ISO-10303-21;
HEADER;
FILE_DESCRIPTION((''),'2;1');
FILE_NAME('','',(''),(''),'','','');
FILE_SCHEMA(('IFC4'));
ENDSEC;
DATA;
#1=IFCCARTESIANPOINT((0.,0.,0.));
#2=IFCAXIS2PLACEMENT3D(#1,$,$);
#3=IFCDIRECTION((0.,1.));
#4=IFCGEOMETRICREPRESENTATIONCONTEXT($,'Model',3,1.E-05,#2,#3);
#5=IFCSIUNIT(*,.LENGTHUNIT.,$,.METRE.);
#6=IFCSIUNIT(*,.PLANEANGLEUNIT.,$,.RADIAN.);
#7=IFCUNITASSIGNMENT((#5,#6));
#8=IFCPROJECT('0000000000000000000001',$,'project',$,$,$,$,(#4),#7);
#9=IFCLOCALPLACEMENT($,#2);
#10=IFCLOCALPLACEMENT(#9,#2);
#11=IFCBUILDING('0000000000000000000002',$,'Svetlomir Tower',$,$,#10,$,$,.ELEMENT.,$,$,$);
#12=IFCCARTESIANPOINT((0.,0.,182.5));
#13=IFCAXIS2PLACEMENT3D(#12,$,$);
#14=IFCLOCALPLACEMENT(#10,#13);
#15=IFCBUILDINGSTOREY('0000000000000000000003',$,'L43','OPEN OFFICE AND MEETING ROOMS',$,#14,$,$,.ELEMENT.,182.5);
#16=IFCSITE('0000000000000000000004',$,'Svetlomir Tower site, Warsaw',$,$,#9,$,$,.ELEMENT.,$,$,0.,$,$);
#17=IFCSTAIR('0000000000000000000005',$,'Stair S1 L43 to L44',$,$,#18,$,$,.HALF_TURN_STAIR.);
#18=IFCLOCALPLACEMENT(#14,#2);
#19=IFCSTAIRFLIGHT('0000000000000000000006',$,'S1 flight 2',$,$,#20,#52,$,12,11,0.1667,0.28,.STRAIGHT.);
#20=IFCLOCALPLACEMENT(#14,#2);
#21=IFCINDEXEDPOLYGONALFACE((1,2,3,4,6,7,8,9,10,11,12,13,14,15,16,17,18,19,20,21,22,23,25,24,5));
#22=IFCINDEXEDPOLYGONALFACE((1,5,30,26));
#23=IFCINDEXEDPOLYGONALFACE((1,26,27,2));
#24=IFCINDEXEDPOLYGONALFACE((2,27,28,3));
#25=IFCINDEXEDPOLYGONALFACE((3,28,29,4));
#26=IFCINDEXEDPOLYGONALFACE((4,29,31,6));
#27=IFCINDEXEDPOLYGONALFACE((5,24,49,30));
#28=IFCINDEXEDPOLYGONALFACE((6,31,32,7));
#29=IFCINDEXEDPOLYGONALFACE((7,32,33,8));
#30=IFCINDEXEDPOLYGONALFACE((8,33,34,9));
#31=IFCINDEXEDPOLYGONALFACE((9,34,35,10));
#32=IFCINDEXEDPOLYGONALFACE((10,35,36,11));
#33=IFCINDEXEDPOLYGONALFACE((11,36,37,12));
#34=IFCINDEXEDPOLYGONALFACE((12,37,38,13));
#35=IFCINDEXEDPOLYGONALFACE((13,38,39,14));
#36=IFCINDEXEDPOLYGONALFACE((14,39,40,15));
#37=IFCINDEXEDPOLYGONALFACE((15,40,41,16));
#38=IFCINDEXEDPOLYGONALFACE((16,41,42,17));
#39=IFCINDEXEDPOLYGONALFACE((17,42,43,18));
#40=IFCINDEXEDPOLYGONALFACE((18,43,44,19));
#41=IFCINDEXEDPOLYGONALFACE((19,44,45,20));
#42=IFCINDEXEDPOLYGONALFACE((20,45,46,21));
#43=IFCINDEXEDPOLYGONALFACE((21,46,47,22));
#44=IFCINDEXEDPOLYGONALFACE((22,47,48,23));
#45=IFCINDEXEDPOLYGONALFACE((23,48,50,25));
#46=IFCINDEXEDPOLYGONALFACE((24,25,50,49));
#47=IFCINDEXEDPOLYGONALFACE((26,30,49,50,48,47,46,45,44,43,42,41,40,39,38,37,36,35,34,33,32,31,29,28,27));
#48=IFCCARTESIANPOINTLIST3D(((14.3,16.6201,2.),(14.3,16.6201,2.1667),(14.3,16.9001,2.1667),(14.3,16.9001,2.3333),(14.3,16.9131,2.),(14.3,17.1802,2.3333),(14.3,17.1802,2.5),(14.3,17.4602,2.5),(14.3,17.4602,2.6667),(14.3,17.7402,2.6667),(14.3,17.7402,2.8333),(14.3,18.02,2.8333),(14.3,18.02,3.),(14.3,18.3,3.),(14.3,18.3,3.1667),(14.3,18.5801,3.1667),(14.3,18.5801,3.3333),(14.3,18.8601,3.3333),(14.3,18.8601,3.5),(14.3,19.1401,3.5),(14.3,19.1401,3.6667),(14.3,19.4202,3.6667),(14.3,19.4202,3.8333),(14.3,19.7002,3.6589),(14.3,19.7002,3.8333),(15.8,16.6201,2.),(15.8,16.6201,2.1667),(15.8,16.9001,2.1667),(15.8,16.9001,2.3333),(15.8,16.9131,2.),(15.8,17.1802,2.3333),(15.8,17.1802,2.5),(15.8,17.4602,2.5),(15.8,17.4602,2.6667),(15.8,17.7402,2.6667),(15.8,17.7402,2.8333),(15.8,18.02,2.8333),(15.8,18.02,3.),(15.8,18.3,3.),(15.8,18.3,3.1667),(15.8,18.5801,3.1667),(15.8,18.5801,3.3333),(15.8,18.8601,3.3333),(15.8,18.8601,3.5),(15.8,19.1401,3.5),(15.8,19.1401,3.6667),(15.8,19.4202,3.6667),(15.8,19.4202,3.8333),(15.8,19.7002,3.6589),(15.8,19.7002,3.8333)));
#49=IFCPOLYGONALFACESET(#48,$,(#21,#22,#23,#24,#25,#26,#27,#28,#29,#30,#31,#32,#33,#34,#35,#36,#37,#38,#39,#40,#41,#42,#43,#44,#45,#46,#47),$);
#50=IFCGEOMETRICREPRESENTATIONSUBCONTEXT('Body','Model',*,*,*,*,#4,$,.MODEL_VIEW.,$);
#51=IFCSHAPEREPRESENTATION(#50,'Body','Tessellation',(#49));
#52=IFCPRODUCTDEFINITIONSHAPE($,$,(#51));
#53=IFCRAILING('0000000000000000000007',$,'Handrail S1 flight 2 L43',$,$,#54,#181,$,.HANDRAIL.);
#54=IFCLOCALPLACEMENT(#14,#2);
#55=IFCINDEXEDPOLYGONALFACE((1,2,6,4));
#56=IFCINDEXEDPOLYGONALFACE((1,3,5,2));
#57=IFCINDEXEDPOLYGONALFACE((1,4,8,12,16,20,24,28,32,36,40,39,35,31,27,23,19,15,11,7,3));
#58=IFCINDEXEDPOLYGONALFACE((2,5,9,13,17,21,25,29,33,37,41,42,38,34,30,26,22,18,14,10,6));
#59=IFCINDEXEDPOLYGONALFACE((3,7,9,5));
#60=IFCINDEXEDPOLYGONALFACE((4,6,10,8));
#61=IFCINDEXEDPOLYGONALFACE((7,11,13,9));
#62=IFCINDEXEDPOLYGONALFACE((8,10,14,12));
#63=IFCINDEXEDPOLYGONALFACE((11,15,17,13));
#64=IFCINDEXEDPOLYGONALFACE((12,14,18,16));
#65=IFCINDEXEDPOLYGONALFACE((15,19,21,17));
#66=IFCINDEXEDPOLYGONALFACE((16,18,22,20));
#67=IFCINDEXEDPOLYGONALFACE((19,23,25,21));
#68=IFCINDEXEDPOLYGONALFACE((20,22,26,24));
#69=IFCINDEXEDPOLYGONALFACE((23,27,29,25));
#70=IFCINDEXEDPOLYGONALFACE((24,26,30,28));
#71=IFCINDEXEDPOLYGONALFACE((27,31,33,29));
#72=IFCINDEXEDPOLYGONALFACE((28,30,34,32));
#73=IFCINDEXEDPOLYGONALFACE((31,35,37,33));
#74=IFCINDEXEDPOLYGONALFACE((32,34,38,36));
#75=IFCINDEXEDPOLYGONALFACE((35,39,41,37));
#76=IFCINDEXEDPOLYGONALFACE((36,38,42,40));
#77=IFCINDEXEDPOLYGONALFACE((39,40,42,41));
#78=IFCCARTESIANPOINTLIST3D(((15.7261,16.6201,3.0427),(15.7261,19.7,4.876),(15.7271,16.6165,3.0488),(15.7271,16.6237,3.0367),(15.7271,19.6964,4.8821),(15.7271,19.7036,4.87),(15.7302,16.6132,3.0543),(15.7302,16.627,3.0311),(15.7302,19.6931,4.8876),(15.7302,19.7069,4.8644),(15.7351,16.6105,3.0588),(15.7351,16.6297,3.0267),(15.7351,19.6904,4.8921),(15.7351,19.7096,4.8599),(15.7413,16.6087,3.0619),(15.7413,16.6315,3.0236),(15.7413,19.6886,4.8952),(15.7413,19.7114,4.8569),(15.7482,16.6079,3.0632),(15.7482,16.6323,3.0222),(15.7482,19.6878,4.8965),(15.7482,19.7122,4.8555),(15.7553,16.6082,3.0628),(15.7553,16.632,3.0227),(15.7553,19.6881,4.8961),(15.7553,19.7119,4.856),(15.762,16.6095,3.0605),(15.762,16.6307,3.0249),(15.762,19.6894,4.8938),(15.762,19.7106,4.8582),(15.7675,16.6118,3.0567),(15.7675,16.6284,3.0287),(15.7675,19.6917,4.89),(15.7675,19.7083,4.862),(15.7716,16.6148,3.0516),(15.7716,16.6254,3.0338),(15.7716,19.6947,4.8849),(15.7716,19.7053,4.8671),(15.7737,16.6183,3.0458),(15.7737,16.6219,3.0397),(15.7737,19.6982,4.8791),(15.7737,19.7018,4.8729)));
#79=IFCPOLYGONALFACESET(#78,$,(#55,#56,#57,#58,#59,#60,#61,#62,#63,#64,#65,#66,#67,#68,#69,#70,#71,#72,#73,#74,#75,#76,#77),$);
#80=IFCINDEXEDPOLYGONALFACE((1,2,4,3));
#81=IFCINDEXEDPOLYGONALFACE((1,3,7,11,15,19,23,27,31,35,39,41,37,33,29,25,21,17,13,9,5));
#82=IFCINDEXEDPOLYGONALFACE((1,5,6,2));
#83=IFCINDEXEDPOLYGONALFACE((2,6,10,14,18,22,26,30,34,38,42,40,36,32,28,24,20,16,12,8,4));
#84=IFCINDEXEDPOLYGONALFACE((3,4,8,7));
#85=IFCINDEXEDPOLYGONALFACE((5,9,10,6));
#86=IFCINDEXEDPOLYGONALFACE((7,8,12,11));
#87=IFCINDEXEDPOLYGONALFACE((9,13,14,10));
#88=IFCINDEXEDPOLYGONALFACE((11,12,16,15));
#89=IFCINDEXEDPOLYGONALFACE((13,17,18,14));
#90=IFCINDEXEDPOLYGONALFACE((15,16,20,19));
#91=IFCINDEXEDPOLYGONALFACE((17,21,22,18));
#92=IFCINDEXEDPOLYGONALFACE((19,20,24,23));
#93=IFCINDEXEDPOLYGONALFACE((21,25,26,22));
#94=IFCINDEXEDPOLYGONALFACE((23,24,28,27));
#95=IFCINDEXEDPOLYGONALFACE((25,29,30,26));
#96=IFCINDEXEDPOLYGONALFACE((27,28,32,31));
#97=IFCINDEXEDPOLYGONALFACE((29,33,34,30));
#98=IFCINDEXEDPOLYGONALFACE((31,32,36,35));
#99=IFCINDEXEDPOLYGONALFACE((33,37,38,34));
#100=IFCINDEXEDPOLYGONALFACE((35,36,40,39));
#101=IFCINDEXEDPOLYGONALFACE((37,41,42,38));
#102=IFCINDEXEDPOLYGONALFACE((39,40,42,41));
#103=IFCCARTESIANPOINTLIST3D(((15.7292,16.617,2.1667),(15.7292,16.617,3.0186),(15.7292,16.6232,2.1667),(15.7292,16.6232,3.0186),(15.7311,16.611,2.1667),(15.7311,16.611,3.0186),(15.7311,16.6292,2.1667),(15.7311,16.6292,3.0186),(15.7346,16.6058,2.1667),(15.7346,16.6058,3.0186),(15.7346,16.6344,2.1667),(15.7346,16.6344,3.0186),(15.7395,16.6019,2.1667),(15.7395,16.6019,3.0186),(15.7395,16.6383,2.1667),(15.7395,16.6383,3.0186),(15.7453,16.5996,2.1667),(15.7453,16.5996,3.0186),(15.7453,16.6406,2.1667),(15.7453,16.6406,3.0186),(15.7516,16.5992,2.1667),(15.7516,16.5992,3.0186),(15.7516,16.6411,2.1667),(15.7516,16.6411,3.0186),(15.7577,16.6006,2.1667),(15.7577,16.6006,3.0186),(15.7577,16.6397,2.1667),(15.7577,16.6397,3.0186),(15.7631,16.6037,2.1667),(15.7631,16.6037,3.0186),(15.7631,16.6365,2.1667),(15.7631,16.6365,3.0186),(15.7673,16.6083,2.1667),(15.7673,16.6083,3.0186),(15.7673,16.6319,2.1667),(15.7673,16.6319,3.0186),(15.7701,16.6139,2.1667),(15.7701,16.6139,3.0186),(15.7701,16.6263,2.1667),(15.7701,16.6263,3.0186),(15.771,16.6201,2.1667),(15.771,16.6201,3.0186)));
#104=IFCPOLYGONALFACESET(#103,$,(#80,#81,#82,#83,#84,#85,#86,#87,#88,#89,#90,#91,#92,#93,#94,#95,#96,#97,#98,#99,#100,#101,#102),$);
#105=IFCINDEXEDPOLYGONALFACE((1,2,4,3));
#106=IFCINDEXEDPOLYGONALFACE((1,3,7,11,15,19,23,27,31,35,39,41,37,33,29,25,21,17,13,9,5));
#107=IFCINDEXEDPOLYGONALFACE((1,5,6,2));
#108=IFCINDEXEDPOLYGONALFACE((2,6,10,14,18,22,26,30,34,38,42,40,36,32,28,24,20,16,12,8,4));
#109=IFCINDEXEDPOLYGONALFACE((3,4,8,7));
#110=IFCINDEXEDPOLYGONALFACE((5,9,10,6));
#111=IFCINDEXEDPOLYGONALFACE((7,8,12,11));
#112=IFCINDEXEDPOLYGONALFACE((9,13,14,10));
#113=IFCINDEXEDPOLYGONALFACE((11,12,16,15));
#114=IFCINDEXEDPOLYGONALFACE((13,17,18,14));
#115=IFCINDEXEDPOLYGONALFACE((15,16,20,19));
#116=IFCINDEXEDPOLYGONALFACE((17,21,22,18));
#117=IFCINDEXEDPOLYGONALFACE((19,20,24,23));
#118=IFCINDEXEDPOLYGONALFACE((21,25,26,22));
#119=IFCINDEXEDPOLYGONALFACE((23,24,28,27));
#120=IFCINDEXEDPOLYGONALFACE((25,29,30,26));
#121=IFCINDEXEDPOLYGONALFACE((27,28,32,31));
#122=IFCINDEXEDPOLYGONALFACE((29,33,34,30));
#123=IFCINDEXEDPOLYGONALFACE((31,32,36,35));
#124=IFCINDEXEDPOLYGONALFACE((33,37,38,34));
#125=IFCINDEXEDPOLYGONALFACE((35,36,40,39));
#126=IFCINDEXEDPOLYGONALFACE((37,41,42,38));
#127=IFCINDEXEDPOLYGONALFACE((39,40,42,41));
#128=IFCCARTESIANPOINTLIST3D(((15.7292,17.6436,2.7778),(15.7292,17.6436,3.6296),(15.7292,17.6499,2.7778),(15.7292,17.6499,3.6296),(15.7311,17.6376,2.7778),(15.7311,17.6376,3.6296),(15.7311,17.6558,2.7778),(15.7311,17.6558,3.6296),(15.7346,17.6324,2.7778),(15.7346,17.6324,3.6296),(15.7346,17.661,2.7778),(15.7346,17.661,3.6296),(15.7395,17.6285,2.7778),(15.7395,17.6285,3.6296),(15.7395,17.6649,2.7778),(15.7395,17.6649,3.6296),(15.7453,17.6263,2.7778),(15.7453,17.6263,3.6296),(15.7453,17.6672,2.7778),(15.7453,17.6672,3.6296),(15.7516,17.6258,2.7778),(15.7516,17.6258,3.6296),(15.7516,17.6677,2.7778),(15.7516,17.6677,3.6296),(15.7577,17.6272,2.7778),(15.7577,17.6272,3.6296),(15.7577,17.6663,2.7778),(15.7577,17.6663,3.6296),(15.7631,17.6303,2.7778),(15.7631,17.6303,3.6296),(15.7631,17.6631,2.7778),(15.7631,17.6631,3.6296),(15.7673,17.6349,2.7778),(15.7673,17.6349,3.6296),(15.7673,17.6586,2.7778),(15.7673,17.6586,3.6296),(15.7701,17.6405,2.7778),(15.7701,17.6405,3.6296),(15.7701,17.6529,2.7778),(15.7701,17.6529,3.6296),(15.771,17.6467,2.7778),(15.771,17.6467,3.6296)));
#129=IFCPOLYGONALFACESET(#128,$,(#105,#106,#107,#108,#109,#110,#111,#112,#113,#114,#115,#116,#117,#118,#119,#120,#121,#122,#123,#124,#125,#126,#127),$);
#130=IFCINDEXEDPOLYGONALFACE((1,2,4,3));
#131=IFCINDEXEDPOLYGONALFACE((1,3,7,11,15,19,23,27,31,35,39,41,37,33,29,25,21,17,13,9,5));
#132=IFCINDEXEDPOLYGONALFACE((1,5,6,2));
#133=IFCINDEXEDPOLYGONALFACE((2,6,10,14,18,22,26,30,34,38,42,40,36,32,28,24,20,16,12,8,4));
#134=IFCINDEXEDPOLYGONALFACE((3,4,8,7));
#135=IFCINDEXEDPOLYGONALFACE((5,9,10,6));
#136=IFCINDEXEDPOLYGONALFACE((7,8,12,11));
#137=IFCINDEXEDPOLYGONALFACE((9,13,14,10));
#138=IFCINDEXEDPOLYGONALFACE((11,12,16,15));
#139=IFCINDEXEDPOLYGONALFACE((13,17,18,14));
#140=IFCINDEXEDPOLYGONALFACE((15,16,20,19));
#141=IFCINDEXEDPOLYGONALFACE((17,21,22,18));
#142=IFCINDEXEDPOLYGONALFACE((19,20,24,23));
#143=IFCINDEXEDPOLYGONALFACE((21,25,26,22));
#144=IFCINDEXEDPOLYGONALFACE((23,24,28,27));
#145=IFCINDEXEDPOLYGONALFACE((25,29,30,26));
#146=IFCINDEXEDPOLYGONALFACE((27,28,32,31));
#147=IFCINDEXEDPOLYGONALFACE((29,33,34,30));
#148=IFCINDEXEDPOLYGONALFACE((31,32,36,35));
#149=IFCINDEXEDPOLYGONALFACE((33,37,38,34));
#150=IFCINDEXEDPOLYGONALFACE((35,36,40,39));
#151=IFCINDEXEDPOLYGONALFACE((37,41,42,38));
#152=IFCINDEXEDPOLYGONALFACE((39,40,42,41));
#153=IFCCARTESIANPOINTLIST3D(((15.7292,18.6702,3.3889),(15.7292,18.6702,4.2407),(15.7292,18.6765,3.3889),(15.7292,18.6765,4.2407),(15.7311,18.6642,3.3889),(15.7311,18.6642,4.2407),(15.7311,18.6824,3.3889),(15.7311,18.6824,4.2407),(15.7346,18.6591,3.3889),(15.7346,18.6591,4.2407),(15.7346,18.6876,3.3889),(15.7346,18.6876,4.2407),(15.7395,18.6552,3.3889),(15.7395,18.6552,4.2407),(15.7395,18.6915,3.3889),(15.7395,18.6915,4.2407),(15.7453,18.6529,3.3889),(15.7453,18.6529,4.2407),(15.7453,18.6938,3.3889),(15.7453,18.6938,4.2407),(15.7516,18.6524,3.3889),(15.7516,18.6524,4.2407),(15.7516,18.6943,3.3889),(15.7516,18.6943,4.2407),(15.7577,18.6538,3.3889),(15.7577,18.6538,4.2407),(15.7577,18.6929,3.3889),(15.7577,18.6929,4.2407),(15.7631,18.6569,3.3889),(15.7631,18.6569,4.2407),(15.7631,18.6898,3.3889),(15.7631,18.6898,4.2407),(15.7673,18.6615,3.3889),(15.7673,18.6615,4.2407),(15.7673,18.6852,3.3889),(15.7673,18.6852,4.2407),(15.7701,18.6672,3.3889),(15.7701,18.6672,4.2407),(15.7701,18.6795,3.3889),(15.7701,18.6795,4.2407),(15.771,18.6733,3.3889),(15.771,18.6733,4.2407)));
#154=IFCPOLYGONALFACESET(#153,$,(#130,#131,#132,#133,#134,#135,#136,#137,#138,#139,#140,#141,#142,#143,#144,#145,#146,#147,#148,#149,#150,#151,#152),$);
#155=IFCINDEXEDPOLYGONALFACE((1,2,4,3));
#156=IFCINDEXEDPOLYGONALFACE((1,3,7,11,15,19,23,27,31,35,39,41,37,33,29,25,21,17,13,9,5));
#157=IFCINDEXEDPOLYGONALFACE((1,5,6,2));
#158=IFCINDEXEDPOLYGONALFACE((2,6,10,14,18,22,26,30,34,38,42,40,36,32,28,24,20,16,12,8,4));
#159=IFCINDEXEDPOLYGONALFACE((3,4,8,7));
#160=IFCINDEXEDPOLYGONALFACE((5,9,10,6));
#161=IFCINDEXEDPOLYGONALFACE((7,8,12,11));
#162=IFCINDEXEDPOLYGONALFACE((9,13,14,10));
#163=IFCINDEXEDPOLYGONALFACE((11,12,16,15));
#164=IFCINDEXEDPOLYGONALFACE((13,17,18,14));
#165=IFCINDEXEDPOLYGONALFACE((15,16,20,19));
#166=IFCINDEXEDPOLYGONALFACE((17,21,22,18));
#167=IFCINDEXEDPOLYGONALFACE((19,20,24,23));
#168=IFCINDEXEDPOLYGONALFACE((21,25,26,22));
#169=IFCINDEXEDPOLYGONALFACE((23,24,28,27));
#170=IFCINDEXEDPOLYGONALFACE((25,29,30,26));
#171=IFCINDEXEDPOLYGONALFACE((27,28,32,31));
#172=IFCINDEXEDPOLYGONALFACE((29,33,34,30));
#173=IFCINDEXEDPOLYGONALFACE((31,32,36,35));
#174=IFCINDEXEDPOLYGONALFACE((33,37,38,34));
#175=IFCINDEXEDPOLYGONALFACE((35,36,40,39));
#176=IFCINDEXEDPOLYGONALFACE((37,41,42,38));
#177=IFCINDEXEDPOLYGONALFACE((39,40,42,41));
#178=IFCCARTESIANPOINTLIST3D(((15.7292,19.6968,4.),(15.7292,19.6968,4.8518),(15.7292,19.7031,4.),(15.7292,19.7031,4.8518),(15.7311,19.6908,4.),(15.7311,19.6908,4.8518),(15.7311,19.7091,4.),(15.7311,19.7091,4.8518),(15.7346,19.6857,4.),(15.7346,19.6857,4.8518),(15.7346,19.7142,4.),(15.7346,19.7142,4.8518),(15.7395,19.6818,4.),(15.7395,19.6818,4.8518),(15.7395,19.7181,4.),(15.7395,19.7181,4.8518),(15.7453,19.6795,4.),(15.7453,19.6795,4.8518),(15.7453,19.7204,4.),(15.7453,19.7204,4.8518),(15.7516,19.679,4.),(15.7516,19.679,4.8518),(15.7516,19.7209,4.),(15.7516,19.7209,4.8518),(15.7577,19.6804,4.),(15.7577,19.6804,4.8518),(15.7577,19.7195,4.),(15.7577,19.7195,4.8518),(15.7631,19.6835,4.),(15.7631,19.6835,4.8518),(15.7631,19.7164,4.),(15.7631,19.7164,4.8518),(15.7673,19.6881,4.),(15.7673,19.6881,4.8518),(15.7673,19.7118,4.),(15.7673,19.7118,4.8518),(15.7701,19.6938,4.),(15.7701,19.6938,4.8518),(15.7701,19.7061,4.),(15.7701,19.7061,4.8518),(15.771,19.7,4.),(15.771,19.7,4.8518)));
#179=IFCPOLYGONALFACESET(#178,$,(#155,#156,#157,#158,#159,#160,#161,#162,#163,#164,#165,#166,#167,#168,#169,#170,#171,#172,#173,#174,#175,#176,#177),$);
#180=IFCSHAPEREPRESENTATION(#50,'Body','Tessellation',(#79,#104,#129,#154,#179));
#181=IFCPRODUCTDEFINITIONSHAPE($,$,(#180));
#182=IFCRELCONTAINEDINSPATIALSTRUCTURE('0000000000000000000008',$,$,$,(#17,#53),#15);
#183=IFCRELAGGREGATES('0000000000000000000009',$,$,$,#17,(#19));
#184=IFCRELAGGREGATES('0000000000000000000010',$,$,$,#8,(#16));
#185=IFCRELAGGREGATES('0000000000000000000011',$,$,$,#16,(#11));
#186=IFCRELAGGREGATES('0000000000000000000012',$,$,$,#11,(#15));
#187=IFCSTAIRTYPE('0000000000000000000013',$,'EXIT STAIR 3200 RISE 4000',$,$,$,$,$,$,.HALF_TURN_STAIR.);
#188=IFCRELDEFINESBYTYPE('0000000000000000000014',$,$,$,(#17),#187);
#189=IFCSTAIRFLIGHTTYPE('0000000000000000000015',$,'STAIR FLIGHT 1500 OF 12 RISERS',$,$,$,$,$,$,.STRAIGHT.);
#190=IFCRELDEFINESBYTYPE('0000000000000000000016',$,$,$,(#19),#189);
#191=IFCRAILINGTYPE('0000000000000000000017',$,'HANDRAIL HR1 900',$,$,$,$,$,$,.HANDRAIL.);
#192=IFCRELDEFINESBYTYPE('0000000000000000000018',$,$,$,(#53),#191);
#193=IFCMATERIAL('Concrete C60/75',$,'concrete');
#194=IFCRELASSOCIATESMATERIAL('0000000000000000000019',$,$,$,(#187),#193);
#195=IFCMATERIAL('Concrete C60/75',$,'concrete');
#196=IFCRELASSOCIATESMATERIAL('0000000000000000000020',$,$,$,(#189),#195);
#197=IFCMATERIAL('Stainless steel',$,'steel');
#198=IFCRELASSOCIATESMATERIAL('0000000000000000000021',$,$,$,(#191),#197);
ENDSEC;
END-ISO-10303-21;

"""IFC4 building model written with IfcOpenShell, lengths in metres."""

from ifc_helpers import new_model, si_unit, direction, frame, origin, origin_2d, place, context, subcontext, project, spatial, polyline, circle, outline, extrude, material, type_object, element, aggregate, save


model = new_model("IFC4")

# Units and contexts
model_context = context("Model", 3, precision=1e-05, world=origin(), true_north=direction((0.0, 1.0)))
body_context = subcontext(model_context, "Body", "Model", "MODEL_VIEW")
ifc_project = project(units=[si_unit("LENGTHUNIT", "METRE"), si_unit("PLANEANGLEUNIT", "RADIAN")], contexts=[model_context])

# Site, building, storey
site_placement = place(None, origin())
site = spatial("IfcSite", under=ifc_project, at=site_placement, Name="Svetlomir Tower site, Warsaw", CompositionType="ELEMENT", RefElevation=0.0)
building_placement = place(site_placement, origin())
building = spatial("IfcBuilding", under=site, at=building_placement, Name="Svetlomir Tower", CompositionType="ELEMENT")
storey_placement = place(building_placement, frame((0.0, 0.0, 182.5)))
storey = spatial("IfcBuildingStorey", under=building, at=storey_placement, Name="L43", Description="OPEN OFFICE AND MEETING ROOMS", CompositionType="ELEMENT", Elevation=182.5)

# Stair, stair flight
ifc_material_1 = material(Name="Concrete C60/75", Category="concrete")
stair_type = type_object("IfcStairType", Name="EXIT STAIR 3200 RISE 4000", PredefinedType="HALF_TURN_STAIR", material=ifc_material_1)
stair_placement = place(storey_placement, origin())
stair = element("IfcStair", 1, at=stair_placement, inside=storey, type_object=stair_type, Name="Stair S1 L43 to L44", PredefinedType="HALF_TURN_STAIR")
ifc_material_2 = material(Name="Concrete C60/75", Category="concrete")
stair_flight_type = type_object("IfcStairFlightType", Name="STAIR FLIGHT 1500 OF 12 RISERS", PredefinedType="STRAIGHT", material=ifc_material_2)
stair_flight_placement = place(storey_placement, frame((15.05, 16.6201, 2.0), z_axis=(0.0, 0.0, 1.0), x_axis=(0.0, 1.0, 0.0)))
stair_flight = element("IfcStairFlight", 2, at=stair_flight_placement, type_object=stair_flight_type, Name="S1 flight 2", NumberOfRisers=12, NumberOfTreads=11, PredefinedType="STRAIGHT", RiserHeight=0.1667, TreadLength=0.28, context=body_context, shape_type="SweptSolid", body=[
    extrude(outline(polyline([(0.0, 0.0), (0.0, 0.1667), (0.28, 0.1667), (0.28, 0.3333), (0.5601, 0.3333), (0.5601, 0.5), (0.8401, 0.5), (0.8401, 0.6667), (1.1201, 0.6667), (1.1201, 0.8333), (1.3999, 0.8333), (1.3999, 1.0), (1.6799, 1.0), (1.6799, 1.1667), (1.96, 1.1667), (1.96, 1.3333), (2.24, 1.3333), (2.24, 1.5), (2.52, 1.5), (2.52, 1.6667), (2.8, 1.6667), (2.8, 1.8333), (3.0801, 1.8333), (3.0801, 2.0), (3.0801, 1.6589), (0.293, 0.0), (0.0, 0.0)])), frame((0.0, 0.75, 0.0), z_axis=(0.0, -1.0, 0.0), x_axis=(1.0, 0.0, 0.0)), (0.0, 0.0, 1.0), 1.5),
])
aggregate(stair, [stair_flight])

# Railing
ifc_material_3 = material(Name="Stainless steel", Category="steel")
railing_type = type_object("IfcRailingType", Name="HANDRAIL HR1 900", PredefinedType="HANDRAIL", material=ifc_material_3)
railing_placement = place(storey_placement, frame((15.75, 16.6201, 2.1667)))
element("IfcRailing", 3, at=railing_placement, inside=storey, type_object=railing_type, Name="Handrail S1 flight 2 L43", PredefinedType="HANDRAIL", context=body_context, shape_type="SweptSolid", body=[
    extrude(circle(Radius=0.0239, at=origin_2d()), frame((0.0, 0.0, 0.876), z_axis=(0.0, 0.859291, 0.511487), x_axis=(-1.0, 0.0, 0.0)), (0.0, 0.0, 1.0), 3.5842),
    extrude(circle(Radius=0.021, at=origin_2d()), origin(), (0.0, 0.0, 1.0), 0.8518),
    extrude(circle(Radius=0.021, at=origin_2d()), frame((0.0, 1.0266, 0.6111)), (0.0, 0.0, 1.0), 0.8518),
    extrude(circle(Radius=0.021, at=origin_2d()), frame((0.0, 2.0532, 1.2222)), (0.0, 0.0, 1.0), 0.8518),
    extrude(circle(Radius=0.021, at=origin_2d()), frame((0.0, 3.0798, 1.8333)), (0.0, 0.0, 1.0), 0.8518),
])

save(model, "model.ifc")
